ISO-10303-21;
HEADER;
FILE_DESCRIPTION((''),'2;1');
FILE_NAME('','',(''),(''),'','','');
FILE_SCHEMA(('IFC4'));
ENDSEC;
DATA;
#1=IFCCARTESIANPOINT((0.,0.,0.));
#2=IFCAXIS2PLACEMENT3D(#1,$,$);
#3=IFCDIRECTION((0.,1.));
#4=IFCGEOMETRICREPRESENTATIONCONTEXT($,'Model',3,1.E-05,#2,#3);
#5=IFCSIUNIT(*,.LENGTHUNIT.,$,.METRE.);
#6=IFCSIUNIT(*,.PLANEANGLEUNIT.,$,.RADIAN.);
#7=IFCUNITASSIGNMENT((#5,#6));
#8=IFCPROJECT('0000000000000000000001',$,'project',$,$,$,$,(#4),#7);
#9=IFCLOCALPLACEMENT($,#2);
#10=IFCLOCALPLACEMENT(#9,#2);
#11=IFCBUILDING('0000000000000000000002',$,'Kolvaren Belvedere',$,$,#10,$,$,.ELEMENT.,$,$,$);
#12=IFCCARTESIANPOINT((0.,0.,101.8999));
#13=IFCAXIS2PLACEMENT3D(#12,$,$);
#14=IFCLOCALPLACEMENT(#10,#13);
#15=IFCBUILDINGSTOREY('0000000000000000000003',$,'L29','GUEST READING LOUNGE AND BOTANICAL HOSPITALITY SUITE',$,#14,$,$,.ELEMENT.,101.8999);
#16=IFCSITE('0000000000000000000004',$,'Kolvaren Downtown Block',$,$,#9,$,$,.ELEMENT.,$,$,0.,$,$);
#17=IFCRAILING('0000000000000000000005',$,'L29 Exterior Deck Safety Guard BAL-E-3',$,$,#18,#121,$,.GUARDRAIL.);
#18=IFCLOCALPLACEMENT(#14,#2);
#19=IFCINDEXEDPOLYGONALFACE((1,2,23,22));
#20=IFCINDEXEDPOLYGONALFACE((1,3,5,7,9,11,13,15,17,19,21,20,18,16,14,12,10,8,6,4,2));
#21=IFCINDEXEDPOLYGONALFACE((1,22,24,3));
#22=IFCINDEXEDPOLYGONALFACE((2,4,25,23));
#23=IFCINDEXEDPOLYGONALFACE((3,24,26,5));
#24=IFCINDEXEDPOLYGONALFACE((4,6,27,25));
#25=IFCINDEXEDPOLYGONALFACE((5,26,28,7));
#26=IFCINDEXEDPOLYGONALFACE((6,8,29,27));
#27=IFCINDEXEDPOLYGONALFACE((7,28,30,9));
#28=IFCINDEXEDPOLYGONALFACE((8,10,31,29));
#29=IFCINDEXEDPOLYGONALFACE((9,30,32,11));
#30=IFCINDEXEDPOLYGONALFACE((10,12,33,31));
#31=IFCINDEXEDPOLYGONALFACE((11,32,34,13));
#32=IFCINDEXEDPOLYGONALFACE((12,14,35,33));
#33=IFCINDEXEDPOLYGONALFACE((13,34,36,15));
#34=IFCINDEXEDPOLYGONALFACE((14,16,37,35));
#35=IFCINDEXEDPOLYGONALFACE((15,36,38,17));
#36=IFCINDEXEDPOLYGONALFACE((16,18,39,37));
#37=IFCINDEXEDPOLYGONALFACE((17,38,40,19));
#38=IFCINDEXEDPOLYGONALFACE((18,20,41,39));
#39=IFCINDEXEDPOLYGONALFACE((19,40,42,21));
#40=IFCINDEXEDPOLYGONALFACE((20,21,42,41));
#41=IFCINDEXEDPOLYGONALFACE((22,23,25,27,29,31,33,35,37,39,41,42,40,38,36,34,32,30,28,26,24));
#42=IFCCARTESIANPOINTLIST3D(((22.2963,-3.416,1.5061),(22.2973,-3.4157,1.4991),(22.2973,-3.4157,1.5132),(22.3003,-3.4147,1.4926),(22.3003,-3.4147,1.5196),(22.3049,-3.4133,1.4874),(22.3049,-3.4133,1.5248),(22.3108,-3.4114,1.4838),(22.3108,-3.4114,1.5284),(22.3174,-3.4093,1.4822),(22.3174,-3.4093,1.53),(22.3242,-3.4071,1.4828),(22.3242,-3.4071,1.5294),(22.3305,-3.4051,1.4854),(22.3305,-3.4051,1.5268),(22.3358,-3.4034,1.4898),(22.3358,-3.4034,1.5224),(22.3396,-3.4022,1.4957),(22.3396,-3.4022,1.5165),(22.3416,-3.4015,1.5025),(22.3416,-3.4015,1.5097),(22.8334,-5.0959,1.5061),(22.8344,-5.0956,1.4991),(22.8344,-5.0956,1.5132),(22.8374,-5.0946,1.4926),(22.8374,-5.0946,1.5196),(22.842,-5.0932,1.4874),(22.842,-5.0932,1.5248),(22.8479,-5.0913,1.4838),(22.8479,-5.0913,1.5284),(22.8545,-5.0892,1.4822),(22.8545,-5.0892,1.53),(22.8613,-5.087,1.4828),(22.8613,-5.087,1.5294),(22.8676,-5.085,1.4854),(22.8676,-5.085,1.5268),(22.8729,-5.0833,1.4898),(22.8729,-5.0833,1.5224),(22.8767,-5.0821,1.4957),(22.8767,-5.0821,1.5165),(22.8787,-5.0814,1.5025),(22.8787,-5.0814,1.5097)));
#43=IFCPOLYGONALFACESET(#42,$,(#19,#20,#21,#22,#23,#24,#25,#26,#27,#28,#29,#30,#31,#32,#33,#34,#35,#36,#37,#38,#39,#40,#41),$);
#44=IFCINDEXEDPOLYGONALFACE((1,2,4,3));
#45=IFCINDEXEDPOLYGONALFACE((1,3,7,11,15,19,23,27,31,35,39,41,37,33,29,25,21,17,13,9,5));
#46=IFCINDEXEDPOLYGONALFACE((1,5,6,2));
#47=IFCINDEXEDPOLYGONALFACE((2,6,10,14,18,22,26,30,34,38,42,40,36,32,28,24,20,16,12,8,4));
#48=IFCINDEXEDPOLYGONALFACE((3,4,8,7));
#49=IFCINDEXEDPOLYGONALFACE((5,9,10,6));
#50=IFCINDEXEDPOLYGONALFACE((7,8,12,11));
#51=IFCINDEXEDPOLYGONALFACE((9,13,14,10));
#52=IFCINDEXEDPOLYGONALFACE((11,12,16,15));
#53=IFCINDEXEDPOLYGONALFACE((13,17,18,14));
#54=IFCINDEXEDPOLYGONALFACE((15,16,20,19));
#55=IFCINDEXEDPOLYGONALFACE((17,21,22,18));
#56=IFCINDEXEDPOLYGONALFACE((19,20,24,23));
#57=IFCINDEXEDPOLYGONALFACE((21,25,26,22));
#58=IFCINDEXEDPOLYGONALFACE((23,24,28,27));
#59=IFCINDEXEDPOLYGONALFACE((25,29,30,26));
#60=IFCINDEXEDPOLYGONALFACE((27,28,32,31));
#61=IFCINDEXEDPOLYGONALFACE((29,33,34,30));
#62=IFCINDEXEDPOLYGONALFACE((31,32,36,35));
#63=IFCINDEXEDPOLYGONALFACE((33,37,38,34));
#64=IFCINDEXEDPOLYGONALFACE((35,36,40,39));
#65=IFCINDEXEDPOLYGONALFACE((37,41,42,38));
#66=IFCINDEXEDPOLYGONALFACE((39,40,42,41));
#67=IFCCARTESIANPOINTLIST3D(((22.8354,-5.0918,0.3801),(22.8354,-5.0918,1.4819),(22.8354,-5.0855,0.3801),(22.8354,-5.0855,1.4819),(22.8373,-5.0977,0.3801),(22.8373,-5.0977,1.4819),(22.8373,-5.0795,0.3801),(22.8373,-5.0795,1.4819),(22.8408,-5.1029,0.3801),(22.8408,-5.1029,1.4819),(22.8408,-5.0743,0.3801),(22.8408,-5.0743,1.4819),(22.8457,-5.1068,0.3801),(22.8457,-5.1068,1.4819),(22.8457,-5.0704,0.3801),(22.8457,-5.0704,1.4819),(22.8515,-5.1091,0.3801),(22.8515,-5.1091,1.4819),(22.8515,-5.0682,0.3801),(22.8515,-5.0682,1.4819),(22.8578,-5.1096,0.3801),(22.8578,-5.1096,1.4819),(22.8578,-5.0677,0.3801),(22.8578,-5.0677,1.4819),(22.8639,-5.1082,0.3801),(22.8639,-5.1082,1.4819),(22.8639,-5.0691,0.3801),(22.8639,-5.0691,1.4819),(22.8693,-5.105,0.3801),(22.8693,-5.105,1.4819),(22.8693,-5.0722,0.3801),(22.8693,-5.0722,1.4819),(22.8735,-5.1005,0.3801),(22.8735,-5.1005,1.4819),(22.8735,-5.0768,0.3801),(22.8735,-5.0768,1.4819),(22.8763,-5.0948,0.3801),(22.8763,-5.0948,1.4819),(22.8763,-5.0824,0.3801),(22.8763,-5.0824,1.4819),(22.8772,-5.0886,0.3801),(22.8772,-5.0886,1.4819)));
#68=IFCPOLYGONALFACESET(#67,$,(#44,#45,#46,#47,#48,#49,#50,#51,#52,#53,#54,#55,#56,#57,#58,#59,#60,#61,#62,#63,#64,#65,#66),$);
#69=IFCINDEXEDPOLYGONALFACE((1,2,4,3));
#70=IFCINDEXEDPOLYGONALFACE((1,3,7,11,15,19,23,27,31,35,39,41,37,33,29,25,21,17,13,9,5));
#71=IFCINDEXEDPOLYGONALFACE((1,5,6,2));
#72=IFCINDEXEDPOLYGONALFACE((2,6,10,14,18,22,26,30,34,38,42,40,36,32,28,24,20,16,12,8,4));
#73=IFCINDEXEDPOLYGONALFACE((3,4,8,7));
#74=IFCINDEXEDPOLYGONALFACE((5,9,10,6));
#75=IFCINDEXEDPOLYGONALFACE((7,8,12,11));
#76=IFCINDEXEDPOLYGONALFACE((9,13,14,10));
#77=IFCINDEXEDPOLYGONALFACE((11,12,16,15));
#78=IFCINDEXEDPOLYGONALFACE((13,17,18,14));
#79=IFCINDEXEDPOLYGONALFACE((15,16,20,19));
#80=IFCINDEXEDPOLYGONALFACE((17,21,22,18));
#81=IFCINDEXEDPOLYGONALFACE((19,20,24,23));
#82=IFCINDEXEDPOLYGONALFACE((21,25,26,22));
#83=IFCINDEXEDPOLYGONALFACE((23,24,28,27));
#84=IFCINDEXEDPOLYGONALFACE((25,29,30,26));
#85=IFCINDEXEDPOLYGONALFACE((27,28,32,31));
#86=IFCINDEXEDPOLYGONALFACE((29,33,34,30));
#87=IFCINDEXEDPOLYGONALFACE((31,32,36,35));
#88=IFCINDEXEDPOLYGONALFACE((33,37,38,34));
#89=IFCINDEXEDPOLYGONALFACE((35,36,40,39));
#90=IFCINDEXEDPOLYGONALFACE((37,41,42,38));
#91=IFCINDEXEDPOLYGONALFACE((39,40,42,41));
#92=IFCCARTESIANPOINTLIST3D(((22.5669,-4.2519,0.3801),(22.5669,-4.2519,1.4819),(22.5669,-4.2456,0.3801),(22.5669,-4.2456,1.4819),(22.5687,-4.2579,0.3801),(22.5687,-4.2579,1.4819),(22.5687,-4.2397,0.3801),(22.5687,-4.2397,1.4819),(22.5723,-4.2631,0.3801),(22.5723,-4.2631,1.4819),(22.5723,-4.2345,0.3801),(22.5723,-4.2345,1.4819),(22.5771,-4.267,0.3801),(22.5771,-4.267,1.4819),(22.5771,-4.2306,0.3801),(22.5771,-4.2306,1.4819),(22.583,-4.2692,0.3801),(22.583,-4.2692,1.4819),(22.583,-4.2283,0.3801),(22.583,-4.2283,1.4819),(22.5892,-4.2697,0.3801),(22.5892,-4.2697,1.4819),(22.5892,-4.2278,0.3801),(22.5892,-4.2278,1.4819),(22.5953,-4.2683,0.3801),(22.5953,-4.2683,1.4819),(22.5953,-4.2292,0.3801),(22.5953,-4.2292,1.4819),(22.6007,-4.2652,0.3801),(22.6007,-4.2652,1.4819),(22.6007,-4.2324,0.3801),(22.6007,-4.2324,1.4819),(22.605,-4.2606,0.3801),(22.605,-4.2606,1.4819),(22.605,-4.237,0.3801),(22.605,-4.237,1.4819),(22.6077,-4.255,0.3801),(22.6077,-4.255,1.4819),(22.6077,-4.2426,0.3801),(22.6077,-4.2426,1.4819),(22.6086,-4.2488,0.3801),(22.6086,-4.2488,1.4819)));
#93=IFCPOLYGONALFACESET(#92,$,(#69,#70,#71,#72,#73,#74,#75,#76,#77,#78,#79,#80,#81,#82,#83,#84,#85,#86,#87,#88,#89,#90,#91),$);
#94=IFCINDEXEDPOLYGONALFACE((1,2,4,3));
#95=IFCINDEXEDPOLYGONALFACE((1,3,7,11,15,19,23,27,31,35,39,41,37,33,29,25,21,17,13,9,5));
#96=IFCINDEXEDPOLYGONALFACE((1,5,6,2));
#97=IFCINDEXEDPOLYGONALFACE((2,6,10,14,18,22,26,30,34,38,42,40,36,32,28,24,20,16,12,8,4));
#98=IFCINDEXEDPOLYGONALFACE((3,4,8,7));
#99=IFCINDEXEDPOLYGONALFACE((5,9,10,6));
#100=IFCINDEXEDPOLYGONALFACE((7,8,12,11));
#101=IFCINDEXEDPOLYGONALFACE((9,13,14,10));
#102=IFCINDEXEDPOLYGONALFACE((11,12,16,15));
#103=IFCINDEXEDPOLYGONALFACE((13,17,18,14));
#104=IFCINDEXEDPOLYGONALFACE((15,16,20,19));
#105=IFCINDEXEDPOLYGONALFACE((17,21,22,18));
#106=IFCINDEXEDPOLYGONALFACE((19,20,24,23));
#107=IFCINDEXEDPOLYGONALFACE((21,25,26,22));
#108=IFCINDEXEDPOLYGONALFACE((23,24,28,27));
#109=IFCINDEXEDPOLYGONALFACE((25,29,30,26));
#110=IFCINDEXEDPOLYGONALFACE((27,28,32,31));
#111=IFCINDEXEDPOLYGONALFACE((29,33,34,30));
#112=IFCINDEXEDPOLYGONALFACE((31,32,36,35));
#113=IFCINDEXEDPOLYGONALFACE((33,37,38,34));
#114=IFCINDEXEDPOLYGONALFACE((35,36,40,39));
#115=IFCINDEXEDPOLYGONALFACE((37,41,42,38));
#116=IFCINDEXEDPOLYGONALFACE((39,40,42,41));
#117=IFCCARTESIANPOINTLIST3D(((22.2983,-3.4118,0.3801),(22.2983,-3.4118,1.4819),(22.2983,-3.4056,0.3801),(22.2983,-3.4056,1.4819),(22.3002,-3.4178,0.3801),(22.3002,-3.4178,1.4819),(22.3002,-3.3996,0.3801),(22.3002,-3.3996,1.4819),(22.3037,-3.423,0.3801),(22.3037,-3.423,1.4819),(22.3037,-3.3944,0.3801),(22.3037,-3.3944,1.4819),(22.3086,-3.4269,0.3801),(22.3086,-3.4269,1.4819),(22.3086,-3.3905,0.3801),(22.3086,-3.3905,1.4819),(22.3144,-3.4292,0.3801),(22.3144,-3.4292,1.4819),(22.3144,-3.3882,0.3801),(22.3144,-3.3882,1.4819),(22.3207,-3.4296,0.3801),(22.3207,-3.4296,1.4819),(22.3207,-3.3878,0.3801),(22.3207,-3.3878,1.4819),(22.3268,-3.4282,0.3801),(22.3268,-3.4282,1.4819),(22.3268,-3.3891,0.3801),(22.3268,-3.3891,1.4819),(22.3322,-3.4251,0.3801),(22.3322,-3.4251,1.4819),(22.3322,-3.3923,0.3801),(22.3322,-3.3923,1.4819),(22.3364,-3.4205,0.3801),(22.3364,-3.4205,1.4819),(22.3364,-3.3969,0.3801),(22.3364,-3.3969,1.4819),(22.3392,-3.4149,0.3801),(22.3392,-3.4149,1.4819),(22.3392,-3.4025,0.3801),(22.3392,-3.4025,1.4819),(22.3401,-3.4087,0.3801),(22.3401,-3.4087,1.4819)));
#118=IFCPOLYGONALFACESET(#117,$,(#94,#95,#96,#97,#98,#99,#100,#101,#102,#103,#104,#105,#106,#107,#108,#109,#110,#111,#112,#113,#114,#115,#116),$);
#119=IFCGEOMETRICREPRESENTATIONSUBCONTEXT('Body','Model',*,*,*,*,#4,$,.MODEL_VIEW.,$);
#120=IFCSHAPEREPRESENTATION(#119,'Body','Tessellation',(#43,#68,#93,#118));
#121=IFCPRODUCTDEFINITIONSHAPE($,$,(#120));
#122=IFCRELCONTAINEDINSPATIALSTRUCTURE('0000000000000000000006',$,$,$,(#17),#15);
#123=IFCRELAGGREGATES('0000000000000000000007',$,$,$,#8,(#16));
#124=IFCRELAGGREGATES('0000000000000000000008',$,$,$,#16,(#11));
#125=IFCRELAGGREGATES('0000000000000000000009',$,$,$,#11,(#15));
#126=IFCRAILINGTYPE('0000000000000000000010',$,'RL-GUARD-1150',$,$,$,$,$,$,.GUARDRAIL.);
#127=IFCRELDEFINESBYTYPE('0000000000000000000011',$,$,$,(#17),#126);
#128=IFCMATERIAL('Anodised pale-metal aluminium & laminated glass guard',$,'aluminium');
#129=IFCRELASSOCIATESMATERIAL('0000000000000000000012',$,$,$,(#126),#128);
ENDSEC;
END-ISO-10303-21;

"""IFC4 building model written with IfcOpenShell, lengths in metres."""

from ifc_helpers import new_model, si_unit, direction, frame, origin, origin_2d, place, context, subcontext, project, spatial, circle, extrude, material, type_object, element, save


model = new_model("IFC4")

# Units and contexts
model_context = context("Model", 3, precision=1e-05, world=origin(), true_north=direction((0.0, 1.0)))
body_context = subcontext(model_context, "Body", "Model", "MODEL_VIEW")
ifc_project = project(units=[si_unit("LENGTHUNIT", "METRE"), si_unit("PLANEANGLEUNIT", "RADIAN")], contexts=[model_context])

# Site, building, storey
site_placement = place(None, origin())
site = spatial("IfcSite", under=ifc_project, at=site_placement, Name="Kolvaren Downtown Block", CompositionType="ELEMENT", RefElevation=0.0)
building_placement = place(site_placement, origin())
building = spatial("IfcBuilding", under=site, at=building_placement, Name="Kolvaren Belvedere", CompositionType="ELEMENT")
storey_placement = place(building_placement, frame((0.0, 0.0, 101.8999)))
storey = spatial("IfcBuildingStorey", under=building, at=storey_placement, Name="L29", Description="GUEST READING LOUNGE AND BOTANICAL HOSPITALITY SUITE", CompositionType="ELEMENT", Elevation=101.8999)

# Railing
ifc_material_1 = material(Name="Anodised pale-metal aluminium & laminated glass guard", Category="aluminium")
railing_type = type_object("IfcRailingType", Name="RL-GUARD-1150", PredefinedType="GUARDRAIL", material=ifc_material_1)
railing_1_placement = place(storey_placement, frame((22.8562, -5.0886, 0.3801)))
element("IfcRailing", 1, at=railing_1_placement, inside=storey, type_object=railing_type, Name="L29 Exterior Deck Safety Guard BAL-E-3", PredefinedType="GUARDRAIL", context=body_context, shape_type="SweptSolid", body=[
    extrude(circle(Radius=0.0239, at=origin_2d()), frame((0.0, 0.0, 1.126), z_axis=(-0.304535, 0.952501, 0.0), x_axis=(-0.952501, -0.304535, 0.0)), (0.0, 0.0, 1.0), 1.7637),
    extrude(circle(Radius=0.021, at=origin_2d()), origin(), (0.0, 0.0, 1.0), 1.1018),
    extrude(circle(Radius=0.021, at=origin_2d()), frame((-0.2686, 0.8398, 0.0)), (0.0, 0.0, 1.0), 1.1018),
    extrude(circle(Radius=0.021, at=origin_2d()), frame((-0.5371, 1.6799, 0.0)), (0.0, 0.0, 1.0), 1.1018),
])

save(model, "model.ifc")
